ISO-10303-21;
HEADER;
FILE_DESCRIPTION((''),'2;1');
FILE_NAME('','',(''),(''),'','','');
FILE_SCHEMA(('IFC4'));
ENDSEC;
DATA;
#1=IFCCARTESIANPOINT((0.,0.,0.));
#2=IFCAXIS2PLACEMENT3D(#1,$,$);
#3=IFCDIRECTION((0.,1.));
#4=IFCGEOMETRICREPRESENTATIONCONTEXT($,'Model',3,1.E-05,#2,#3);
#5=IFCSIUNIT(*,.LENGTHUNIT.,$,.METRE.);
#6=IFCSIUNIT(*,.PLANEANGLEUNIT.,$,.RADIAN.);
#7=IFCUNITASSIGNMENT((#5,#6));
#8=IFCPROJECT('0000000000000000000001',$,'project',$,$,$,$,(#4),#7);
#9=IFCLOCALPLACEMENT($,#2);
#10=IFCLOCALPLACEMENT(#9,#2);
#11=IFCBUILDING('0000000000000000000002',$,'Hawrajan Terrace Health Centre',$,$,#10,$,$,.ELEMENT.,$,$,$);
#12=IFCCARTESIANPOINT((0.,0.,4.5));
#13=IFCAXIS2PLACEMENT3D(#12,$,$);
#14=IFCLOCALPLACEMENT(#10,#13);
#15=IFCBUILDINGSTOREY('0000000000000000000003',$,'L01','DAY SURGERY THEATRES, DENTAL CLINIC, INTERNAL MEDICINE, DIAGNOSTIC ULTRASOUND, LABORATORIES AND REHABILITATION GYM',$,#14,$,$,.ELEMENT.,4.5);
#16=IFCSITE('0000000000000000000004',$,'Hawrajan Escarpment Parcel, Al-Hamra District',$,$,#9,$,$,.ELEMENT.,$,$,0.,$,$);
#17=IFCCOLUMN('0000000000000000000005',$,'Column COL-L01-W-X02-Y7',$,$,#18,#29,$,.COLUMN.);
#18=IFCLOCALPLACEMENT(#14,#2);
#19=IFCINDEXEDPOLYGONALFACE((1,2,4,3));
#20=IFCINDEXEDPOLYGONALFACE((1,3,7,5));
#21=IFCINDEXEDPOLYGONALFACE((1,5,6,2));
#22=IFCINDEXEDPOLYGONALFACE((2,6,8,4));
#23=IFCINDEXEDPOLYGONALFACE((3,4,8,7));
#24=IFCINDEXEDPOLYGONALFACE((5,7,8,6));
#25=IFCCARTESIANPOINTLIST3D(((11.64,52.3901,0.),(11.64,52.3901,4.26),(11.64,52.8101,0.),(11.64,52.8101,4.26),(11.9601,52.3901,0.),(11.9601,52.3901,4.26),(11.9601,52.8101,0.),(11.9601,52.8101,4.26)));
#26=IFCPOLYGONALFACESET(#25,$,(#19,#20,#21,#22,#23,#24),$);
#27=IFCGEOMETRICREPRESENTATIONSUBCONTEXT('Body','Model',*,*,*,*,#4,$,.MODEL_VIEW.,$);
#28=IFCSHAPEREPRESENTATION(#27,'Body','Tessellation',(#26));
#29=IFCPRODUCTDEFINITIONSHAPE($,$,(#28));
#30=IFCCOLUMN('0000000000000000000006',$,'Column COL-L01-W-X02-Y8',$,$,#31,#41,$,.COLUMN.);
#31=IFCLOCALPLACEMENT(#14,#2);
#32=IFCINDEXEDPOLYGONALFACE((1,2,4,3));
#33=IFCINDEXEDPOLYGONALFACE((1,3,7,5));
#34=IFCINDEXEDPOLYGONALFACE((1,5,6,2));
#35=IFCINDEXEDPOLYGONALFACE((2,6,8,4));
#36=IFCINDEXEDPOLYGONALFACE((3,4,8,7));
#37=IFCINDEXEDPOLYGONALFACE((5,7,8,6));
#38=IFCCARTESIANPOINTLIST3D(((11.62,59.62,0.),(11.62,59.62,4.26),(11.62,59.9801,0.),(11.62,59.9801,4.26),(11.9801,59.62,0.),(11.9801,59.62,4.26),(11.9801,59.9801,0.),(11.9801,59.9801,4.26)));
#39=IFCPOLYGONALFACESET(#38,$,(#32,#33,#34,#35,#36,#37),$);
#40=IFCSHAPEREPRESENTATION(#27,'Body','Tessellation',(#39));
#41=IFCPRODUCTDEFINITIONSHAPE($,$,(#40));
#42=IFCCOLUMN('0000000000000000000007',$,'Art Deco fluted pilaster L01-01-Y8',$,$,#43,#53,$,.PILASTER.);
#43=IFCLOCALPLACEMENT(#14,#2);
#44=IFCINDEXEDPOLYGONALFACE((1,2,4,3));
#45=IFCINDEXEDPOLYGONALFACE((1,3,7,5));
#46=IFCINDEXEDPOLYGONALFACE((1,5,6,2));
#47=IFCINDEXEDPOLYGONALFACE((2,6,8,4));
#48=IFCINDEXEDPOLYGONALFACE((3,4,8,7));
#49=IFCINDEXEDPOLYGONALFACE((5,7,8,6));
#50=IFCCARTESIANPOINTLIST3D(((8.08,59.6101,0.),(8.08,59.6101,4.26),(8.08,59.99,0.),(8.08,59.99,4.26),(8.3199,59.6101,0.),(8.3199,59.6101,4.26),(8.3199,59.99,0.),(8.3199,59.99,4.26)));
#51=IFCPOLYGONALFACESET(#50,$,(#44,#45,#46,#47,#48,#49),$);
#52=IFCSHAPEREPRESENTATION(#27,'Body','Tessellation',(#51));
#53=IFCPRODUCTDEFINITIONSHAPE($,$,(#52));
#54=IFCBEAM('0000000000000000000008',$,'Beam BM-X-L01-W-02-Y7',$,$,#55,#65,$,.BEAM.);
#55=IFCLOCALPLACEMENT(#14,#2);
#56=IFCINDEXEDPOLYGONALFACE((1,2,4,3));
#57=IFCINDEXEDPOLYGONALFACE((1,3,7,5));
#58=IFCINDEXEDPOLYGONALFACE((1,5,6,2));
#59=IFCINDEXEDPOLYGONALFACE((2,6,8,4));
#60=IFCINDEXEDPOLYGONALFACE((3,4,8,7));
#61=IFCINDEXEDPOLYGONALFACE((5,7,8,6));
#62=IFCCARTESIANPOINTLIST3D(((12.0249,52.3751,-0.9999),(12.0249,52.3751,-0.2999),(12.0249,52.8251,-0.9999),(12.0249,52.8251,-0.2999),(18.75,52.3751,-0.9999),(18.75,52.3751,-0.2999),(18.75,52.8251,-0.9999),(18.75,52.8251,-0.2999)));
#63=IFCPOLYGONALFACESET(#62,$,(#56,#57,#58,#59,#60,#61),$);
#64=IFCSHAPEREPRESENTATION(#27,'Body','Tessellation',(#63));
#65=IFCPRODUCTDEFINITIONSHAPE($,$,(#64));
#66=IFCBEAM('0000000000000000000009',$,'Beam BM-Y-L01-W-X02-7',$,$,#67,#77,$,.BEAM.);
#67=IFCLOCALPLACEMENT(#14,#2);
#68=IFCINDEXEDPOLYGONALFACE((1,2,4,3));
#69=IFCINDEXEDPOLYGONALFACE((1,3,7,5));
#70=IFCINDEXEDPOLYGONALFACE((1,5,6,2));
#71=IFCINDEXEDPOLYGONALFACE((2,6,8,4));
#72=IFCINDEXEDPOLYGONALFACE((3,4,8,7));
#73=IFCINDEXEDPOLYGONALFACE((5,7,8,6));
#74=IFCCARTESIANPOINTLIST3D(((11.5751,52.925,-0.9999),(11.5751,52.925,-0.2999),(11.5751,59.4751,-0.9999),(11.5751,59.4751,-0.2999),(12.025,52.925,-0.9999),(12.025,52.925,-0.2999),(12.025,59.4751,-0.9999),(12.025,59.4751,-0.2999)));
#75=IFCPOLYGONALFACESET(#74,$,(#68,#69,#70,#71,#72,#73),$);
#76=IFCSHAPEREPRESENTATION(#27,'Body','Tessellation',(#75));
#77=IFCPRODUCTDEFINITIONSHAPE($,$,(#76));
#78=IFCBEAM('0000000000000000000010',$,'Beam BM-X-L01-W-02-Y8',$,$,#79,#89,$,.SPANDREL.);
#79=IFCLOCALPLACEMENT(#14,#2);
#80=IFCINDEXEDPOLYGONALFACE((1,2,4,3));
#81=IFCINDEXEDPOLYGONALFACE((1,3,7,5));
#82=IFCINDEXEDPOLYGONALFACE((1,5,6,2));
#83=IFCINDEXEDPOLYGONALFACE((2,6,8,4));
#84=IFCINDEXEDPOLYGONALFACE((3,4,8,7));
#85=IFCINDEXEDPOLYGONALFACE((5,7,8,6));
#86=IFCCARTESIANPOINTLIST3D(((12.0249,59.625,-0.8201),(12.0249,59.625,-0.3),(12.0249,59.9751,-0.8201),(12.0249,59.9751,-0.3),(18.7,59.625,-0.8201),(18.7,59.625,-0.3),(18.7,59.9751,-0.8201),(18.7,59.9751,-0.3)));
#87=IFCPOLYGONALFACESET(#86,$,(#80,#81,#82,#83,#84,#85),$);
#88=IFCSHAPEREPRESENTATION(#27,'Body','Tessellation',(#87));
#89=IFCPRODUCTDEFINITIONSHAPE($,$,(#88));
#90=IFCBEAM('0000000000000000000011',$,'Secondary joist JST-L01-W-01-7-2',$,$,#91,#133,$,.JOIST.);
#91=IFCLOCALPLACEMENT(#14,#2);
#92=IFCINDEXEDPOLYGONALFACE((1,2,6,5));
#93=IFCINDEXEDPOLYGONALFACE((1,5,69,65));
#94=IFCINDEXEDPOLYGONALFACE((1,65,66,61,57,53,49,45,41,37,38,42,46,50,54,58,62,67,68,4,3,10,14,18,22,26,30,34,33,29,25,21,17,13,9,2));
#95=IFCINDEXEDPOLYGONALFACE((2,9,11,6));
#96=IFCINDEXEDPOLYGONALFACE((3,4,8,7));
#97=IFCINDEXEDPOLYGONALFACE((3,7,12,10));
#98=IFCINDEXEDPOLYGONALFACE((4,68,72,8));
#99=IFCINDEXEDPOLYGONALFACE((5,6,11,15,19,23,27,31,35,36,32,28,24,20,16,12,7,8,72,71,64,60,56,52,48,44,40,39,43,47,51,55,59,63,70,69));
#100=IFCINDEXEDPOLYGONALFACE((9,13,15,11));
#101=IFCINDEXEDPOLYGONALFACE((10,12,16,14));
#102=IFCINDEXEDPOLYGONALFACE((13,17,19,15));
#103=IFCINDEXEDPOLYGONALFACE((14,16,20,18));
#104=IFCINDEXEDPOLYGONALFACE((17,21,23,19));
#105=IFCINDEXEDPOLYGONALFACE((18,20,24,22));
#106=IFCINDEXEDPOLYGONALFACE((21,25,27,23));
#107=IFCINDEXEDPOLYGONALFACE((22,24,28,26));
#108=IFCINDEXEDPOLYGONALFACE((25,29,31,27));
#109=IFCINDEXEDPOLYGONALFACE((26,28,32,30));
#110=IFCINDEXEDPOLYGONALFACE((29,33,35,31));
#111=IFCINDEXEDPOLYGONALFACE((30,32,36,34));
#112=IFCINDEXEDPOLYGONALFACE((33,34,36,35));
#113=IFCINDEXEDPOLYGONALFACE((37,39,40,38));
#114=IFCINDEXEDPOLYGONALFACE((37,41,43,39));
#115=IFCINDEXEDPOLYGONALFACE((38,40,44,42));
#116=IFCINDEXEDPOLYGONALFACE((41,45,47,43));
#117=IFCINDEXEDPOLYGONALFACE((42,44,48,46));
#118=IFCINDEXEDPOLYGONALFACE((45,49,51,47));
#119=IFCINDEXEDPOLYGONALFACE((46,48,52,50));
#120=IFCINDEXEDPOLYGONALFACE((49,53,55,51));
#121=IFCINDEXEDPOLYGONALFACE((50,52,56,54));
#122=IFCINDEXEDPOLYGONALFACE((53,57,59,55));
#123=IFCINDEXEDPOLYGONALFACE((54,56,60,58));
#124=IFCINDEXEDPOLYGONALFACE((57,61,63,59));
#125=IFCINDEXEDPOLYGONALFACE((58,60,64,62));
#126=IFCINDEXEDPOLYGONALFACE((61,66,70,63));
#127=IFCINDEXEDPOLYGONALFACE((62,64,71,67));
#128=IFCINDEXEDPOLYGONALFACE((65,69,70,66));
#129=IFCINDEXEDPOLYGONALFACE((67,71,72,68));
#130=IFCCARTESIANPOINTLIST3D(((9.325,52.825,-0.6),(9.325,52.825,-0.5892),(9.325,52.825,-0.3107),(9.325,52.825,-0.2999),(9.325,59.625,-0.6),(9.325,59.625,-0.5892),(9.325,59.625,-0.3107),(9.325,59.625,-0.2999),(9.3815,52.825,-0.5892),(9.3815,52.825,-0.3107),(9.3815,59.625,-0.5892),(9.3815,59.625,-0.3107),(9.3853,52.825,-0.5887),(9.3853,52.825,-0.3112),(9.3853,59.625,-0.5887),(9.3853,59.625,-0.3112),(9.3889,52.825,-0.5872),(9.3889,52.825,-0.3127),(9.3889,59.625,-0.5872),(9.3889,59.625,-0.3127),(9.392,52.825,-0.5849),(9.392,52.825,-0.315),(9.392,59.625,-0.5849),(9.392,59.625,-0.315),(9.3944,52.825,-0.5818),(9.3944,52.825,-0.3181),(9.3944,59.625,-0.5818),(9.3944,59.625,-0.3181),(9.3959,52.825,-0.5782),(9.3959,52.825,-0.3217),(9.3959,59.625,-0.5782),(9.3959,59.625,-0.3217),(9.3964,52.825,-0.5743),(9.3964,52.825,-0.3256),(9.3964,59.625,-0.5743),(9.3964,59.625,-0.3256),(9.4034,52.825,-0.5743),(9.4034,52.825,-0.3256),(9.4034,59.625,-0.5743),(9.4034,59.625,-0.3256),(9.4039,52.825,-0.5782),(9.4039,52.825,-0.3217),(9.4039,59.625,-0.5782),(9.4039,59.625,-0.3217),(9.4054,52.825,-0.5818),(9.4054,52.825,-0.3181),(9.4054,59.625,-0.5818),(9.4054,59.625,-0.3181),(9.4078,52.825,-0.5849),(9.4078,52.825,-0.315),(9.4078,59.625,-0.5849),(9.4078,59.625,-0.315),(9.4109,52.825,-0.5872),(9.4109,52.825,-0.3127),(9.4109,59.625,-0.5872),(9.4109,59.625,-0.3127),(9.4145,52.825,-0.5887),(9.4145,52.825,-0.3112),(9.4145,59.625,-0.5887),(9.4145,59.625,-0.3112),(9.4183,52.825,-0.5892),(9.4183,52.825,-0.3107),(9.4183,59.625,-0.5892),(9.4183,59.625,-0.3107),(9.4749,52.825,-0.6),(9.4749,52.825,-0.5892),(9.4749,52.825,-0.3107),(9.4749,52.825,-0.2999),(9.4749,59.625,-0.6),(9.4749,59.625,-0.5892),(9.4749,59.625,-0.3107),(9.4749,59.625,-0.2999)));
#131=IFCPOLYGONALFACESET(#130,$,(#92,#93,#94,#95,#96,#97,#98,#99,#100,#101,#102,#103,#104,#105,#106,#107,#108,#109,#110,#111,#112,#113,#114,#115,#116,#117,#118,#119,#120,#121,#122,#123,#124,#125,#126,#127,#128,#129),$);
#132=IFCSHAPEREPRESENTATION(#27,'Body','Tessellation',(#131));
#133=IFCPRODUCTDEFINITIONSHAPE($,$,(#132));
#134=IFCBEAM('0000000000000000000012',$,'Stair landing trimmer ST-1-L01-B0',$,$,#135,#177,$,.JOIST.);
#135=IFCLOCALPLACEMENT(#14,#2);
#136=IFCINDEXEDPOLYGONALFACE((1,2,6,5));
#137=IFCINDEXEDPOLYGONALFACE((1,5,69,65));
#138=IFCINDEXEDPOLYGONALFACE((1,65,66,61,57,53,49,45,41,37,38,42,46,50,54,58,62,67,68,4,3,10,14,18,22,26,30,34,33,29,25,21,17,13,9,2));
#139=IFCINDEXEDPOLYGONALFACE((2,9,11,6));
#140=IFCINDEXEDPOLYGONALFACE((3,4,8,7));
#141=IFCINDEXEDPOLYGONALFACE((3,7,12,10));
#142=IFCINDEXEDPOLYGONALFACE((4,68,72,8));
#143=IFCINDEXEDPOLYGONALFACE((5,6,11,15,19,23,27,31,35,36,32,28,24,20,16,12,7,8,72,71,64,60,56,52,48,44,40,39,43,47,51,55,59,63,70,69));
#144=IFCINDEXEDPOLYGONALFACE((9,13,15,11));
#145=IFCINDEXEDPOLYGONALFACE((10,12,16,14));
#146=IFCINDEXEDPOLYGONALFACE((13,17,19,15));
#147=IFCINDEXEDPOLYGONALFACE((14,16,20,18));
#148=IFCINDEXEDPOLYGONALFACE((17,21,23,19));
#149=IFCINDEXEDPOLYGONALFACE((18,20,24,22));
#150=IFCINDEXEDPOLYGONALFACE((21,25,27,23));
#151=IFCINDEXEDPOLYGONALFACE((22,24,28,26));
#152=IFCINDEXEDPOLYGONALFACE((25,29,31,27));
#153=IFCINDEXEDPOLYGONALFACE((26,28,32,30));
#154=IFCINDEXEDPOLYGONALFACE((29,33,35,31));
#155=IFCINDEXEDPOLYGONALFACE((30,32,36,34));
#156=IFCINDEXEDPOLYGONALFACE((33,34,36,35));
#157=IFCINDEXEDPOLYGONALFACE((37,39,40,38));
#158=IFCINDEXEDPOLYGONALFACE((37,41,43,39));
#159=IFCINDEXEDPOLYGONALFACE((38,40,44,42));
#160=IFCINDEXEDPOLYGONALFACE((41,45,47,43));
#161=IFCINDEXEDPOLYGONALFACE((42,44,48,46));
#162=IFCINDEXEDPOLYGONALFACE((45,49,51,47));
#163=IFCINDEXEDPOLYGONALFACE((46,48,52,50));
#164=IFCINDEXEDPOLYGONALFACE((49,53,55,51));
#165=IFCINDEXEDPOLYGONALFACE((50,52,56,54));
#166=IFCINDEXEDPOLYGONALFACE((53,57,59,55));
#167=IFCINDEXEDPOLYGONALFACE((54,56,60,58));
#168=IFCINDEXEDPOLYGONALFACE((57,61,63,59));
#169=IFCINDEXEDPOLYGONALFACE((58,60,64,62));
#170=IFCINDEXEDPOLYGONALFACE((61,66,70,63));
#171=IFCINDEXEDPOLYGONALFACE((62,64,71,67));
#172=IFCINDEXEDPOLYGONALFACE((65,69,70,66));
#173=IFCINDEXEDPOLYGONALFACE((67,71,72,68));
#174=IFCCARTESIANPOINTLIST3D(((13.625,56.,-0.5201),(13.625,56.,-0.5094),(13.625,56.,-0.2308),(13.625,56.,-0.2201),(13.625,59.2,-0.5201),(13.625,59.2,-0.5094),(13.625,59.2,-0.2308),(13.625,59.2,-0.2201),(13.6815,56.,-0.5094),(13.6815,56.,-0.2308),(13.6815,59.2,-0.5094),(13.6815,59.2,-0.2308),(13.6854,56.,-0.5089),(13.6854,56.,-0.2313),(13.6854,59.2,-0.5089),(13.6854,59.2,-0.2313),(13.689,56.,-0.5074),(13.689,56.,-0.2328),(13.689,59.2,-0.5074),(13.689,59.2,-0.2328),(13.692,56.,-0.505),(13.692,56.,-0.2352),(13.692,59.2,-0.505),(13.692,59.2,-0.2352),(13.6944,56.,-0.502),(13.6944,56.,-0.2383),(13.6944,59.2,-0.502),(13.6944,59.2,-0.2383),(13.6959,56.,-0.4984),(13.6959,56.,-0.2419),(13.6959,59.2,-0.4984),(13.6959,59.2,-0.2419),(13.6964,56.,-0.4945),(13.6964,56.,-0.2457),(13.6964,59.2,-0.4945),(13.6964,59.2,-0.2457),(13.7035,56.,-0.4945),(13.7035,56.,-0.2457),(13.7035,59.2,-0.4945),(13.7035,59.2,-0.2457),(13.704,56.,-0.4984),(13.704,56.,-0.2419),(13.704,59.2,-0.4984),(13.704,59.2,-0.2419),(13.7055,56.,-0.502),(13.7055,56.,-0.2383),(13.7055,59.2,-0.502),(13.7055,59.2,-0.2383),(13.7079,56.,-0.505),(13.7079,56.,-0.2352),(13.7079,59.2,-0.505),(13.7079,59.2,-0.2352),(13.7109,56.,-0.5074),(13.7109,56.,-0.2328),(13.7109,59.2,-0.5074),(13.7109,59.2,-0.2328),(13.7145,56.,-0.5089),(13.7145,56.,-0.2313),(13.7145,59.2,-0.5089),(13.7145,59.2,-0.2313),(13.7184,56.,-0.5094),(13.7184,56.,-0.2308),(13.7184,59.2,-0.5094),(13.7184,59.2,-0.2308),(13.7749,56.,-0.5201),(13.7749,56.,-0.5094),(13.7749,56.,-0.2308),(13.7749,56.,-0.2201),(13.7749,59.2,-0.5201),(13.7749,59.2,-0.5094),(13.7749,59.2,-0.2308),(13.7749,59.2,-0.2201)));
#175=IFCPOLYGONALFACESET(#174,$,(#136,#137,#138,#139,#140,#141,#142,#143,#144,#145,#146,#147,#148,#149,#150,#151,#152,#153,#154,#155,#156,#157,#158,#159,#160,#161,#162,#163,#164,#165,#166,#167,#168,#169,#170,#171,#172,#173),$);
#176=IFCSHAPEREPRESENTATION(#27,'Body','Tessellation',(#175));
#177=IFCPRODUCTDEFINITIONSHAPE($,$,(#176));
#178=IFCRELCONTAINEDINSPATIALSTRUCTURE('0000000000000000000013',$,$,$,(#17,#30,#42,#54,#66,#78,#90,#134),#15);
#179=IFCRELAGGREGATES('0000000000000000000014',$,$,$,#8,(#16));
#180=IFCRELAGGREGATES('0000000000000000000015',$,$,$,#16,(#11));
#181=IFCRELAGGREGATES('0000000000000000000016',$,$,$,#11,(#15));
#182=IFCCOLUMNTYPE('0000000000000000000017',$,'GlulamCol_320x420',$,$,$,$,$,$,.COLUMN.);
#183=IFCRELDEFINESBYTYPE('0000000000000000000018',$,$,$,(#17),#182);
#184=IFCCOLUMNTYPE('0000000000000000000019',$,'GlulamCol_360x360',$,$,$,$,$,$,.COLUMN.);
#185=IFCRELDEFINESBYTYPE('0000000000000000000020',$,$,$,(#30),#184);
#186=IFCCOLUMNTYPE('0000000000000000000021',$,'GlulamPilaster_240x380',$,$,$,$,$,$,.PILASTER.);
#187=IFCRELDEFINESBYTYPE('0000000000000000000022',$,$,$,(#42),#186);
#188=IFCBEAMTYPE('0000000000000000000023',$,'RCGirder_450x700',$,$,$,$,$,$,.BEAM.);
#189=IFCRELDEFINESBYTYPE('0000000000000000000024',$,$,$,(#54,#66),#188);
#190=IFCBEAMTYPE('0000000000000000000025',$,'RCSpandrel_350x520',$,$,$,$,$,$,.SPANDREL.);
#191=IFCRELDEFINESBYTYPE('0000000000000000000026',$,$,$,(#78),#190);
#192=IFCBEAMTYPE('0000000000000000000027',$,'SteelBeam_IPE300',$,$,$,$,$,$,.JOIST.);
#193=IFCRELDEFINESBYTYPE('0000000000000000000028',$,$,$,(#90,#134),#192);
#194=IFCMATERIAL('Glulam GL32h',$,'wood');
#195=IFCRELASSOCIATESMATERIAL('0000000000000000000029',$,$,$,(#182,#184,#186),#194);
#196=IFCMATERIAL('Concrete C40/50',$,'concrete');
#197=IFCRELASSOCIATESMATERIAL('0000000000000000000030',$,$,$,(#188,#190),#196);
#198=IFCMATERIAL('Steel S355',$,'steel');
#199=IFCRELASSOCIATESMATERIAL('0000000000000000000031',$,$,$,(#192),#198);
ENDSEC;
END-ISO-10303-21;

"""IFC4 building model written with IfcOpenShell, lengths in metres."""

from ifc_helpers import new_model, si_unit, direction, frame, origin, origin_2d, place, context, subcontext, project, spatial, rectangle, i_section, extrude, material, material_profile, profile_set, type_object, element, save


model = new_model("IFC4")

# Units and contexts
model_context = context("Model", 3, precision=1e-05, world=origin(), true_north=direction((0.0, 1.0)))
body_context = subcontext(model_context, "Body", "Model", "MODEL_VIEW")
ifc_project = project(units=[si_unit("LENGTHUNIT", "METRE"), si_unit("PLANEANGLEUNIT", "RADIAN")], contexts=[model_context])

# Site, building, storey
site_placement = place(None, origin())
site = spatial("IfcSite", under=ifc_project, at=site_placement, Name="Hawrajan Escarpment Parcel, Al-Hamra District", CompositionType="ELEMENT", RefElevation=0.0)
building_placement = place(site_placement, origin())
building = spatial("IfcBuilding", under=site, at=building_placement, Name="Hawrajan Terrace Health Centre", CompositionType="ELEMENT")
storey_placement = place(building_placement, frame((0.0, 0.0, 4.5)))
storey = spatial("IfcBuildingStorey", under=building, at=storey_placement, Name="L01", Description="DAY SURGERY THEATRES, DENTAL CLINIC, INTERNAL MEDICINE, DIAGNOSTIC ULTRASOUND, LABORATORIES AND REHABILITATION GYM", CompositionType="ELEMENT", Elevation=4.5)

# Columns
ifc_material_1 = material(Name="Glulam GL32h", Category="wood")
ifc_material_profile_1 = material_profile(ifc_material_1, rectangle(XDim=0.3201, YDim=0.4199, at=origin_2d()), Name="GL 320x420")
ifc_profile_set_1 = profile_set([ifc_material_profile_1], Name="Glulam GL32h")
column_type_1 = type_object("IfcColumnType", Name="GlulamCol_320x420", PredefinedType="COLUMN", material=ifc_profile_set_1)
column_1_placement = place(storey_placement, frame((11.8, 52.6001, 0.0), z_axis=(0.0, 0.0, 1.0), x_axis=(1.0, 0.0, 0.0)))
element("IfcColumn", 1, at=column_1_placement, inside=storey, type_object=column_type_1, Name="Column COL-L01-W-X02-Y7", PredefinedType="COLUMN", context=body_context, shape_type="SweptSolid", body=[
    extrude(rectangle(XDim=0.3201, YDim=0.4199, at=origin_2d()), origin(), (0.0, 0.0, 1.0), 4.26),
])
ifc_material_profile_2 = material_profile(ifc_material_1, rectangle(XDim=0.3601, YDim=0.3601, at=origin_2d()), Name="GL 360x360")
ifc_profile_set_2 = profile_set([ifc_material_profile_2], Name="Glulam GL32h")
column_type_2 = type_object("IfcColumnType", Name="GlulamCol_360x360", PredefinedType="COLUMN", material=ifc_profile_set_2)
column_2_placement = place(storey_placement, frame((11.8, 59.8, 0.0), z_axis=(0.0, 0.0, 1.0), x_axis=(1.0, 0.0, 0.0)))
element("IfcColumn", 2, at=column_2_placement, inside=storey, type_object=column_type_2, Name="Column COL-L01-W-X02-Y8", PredefinedType="COLUMN", context=body_context, shape_type="SweptSolid", body=[
    extrude(rectangle(XDim=0.3601, YDim=0.3601, at=origin_2d()), origin(), (0.0, 0.0, 1.0), 4.26),
])
ifc_material_profile_3 = material_profile(ifc_material_1, rectangle(XDim=0.24, YDim=0.3799, at=origin_2d()), Name="GL PIL 240x380")
ifc_profile_set_3 = profile_set([ifc_material_profile_3], Name="Glulam GL32h")
column_type_3 = type_object("IfcColumnType", Name="GlulamPilaster_240x380", PredefinedType="PILASTER", material=ifc_profile_set_3)
column_3_placement = place(storey_placement, frame((8.2, 59.8, 0.0), z_axis=(0.0, 0.0, 1.0), x_axis=(1.0, 0.0, 0.0)))
element("IfcColumn", 3, at=column_3_placement, inside=storey, type_object=column_type_3, Name="Art Deco fluted pilaster L01-01-Y8", PredefinedType="PILASTER", context=body_context, shape_type="SweptSolid", body=[
    extrude(rectangle(XDim=0.24, YDim=0.3799, at=origin_2d()), origin(), (0.0, 0.0, 1.0), 4.26),
])

# Beams
ifc_material_2 = material(Name="Concrete C40/50", Category="concrete")
ifc_material_profile_4 = material_profile(ifc_material_2, rectangle(XDim=0.45, YDim=0.7, at=origin_2d()), Name="RC BM 450x700")
ifc_profile_set_4 = profile_set([ifc_material_profile_4], Name="Concrete C40/50")
beam_type_1 = type_object("IfcBeamType", Name="RCGirder_450x700", PredefinedType="BEAM", material=ifc_profile_set_4)
beam_1_placement = place(storey_placement, frame((12.0249, 52.6001, -0.6499), z_axis=(1.0, 0.0, 0.0), x_axis=(0.0, 1.0, 0.0)))
element("IfcBeam", 4, at=beam_1_placement, inside=storey, type_object=beam_type_1, Name="Beam BM-X-L01-W-02-Y7", PredefinedType="BEAM", context=body_context, shape_type="SweptSolid", body=[
    extrude(rectangle(XDim=0.45, YDim=0.7, at=origin_2d()), origin(), (0.0, 0.0, 1.0), 6.7251),
])
beam_2_placement = place(storey_placement, frame((11.8, 52.925, -0.6499), z_axis=(0.0, 1.0, 0.0), x_axis=(-1.0, 0.0, 0.0)))
element("IfcBeam", 5, at=beam_2_placement, inside=storey, type_object=beam_type_1, Name="Beam BM-Y-L01-W-X02-7", PredefinedType="BEAM", context=body_context, shape_type="SweptSolid", body=[
    extrude(rectangle(XDim=0.45, YDim=0.7, at=origin_2d()), origin(), (0.0, 0.0, 1.0), 6.55),
])
ifc_material_profile_5 = material_profile(ifc_material_2, rectangle(XDim=0.3501, YDim=0.52, at=origin_2d()), Name="RC SP 350x520")
ifc_profile_set_5 = profile_set([ifc_material_profile_5], Name="Concrete C40/50")
beam_type_2 = type_object("IfcBeamType", Name="RCSpandrel_350x520", PredefinedType="SPANDREL", material=ifc_profile_set_5)
beam_3_placement = place(storey_placement, frame((12.0249, 59.8, -0.5601), z_axis=(1.0, 0.0, 0.0), x_axis=(0.0, 1.0, 0.0)))
element("IfcBeam", 6, at=beam_3_placement, inside=storey, type_object=beam_type_2, Name="Beam BM-X-L01-W-02-Y8", PredefinedType="SPANDREL", context=body_context, shape_type="SweptSolid", body=[
    extrude(rectangle(XDim=0.3501, YDim=0.52, at=origin_2d()), origin(), (0.0, 0.0, 1.0), 6.675),
])
ifc_material_3 = material(Name="Steel S355", Category="steel")
ifc_material_profile_6 = material_profile(ifc_material_3, i_section(OverallWidth=0.1499, OverallDepth=0.3, WebThickness=0.0071, FlangeThickness=0.0107, FilletRadius=0.0149, at=origin_2d()), Name="IPE 300")
ifc_profile_set_6 = profile_set([ifc_material_profile_6], Name="Steel S355")
beam_type_3 = type_object("IfcBeamType", Name="SteelBeam_IPE300", PredefinedType="JOIST", material=ifc_profile_set_6)
beam_4_placement = place(storey_placement, frame((9.3999, 52.825, -0.45), z_axis=(0.0, 1.0, 0.0), x_axis=(-1.0, 0.0, 0.0)))
element("IfcBeam", 7, at=beam_4_placement, inside=storey, type_object=beam_type_3, Name="Secondary joist JST-L01-W-01-7-2", PredefinedType="JOIST", context=body_context, shape_type="SweptSolid", body=[
    extrude(i_section(OverallWidth=0.1499, OverallDepth=0.3, WebThickness=0.0071, FlangeThickness=0.0107, FilletRadius=0.0149, at=origin_2d()), origin(), (0.0, 0.0, 1.0), 6.8),
])
beam_5_placement = place(storey_placement, frame((13.7, 56.0, -0.3701), z_axis=(0.0, 1.0, 0.0), x_axis=(-1.0, 0.0, 0.0)))
element("IfcBeam", 8, at=beam_5_placement, inside=storey, type_object=beam_type_3, Name="Stair landing trimmer ST-1-L01-B0", PredefinedType="JOIST", context=body_context, shape_type="SweptSolid", body=[
    extrude(i_section(OverallWidth=0.1499, OverallDepth=0.3, WebThickness=0.0071, FlangeThickness=0.0107, FilletRadius=0.0149, at=origin_2d()), origin(), (0.0, 0.0, 1.0), 3.2),
])

save(model, "model.ifc")
